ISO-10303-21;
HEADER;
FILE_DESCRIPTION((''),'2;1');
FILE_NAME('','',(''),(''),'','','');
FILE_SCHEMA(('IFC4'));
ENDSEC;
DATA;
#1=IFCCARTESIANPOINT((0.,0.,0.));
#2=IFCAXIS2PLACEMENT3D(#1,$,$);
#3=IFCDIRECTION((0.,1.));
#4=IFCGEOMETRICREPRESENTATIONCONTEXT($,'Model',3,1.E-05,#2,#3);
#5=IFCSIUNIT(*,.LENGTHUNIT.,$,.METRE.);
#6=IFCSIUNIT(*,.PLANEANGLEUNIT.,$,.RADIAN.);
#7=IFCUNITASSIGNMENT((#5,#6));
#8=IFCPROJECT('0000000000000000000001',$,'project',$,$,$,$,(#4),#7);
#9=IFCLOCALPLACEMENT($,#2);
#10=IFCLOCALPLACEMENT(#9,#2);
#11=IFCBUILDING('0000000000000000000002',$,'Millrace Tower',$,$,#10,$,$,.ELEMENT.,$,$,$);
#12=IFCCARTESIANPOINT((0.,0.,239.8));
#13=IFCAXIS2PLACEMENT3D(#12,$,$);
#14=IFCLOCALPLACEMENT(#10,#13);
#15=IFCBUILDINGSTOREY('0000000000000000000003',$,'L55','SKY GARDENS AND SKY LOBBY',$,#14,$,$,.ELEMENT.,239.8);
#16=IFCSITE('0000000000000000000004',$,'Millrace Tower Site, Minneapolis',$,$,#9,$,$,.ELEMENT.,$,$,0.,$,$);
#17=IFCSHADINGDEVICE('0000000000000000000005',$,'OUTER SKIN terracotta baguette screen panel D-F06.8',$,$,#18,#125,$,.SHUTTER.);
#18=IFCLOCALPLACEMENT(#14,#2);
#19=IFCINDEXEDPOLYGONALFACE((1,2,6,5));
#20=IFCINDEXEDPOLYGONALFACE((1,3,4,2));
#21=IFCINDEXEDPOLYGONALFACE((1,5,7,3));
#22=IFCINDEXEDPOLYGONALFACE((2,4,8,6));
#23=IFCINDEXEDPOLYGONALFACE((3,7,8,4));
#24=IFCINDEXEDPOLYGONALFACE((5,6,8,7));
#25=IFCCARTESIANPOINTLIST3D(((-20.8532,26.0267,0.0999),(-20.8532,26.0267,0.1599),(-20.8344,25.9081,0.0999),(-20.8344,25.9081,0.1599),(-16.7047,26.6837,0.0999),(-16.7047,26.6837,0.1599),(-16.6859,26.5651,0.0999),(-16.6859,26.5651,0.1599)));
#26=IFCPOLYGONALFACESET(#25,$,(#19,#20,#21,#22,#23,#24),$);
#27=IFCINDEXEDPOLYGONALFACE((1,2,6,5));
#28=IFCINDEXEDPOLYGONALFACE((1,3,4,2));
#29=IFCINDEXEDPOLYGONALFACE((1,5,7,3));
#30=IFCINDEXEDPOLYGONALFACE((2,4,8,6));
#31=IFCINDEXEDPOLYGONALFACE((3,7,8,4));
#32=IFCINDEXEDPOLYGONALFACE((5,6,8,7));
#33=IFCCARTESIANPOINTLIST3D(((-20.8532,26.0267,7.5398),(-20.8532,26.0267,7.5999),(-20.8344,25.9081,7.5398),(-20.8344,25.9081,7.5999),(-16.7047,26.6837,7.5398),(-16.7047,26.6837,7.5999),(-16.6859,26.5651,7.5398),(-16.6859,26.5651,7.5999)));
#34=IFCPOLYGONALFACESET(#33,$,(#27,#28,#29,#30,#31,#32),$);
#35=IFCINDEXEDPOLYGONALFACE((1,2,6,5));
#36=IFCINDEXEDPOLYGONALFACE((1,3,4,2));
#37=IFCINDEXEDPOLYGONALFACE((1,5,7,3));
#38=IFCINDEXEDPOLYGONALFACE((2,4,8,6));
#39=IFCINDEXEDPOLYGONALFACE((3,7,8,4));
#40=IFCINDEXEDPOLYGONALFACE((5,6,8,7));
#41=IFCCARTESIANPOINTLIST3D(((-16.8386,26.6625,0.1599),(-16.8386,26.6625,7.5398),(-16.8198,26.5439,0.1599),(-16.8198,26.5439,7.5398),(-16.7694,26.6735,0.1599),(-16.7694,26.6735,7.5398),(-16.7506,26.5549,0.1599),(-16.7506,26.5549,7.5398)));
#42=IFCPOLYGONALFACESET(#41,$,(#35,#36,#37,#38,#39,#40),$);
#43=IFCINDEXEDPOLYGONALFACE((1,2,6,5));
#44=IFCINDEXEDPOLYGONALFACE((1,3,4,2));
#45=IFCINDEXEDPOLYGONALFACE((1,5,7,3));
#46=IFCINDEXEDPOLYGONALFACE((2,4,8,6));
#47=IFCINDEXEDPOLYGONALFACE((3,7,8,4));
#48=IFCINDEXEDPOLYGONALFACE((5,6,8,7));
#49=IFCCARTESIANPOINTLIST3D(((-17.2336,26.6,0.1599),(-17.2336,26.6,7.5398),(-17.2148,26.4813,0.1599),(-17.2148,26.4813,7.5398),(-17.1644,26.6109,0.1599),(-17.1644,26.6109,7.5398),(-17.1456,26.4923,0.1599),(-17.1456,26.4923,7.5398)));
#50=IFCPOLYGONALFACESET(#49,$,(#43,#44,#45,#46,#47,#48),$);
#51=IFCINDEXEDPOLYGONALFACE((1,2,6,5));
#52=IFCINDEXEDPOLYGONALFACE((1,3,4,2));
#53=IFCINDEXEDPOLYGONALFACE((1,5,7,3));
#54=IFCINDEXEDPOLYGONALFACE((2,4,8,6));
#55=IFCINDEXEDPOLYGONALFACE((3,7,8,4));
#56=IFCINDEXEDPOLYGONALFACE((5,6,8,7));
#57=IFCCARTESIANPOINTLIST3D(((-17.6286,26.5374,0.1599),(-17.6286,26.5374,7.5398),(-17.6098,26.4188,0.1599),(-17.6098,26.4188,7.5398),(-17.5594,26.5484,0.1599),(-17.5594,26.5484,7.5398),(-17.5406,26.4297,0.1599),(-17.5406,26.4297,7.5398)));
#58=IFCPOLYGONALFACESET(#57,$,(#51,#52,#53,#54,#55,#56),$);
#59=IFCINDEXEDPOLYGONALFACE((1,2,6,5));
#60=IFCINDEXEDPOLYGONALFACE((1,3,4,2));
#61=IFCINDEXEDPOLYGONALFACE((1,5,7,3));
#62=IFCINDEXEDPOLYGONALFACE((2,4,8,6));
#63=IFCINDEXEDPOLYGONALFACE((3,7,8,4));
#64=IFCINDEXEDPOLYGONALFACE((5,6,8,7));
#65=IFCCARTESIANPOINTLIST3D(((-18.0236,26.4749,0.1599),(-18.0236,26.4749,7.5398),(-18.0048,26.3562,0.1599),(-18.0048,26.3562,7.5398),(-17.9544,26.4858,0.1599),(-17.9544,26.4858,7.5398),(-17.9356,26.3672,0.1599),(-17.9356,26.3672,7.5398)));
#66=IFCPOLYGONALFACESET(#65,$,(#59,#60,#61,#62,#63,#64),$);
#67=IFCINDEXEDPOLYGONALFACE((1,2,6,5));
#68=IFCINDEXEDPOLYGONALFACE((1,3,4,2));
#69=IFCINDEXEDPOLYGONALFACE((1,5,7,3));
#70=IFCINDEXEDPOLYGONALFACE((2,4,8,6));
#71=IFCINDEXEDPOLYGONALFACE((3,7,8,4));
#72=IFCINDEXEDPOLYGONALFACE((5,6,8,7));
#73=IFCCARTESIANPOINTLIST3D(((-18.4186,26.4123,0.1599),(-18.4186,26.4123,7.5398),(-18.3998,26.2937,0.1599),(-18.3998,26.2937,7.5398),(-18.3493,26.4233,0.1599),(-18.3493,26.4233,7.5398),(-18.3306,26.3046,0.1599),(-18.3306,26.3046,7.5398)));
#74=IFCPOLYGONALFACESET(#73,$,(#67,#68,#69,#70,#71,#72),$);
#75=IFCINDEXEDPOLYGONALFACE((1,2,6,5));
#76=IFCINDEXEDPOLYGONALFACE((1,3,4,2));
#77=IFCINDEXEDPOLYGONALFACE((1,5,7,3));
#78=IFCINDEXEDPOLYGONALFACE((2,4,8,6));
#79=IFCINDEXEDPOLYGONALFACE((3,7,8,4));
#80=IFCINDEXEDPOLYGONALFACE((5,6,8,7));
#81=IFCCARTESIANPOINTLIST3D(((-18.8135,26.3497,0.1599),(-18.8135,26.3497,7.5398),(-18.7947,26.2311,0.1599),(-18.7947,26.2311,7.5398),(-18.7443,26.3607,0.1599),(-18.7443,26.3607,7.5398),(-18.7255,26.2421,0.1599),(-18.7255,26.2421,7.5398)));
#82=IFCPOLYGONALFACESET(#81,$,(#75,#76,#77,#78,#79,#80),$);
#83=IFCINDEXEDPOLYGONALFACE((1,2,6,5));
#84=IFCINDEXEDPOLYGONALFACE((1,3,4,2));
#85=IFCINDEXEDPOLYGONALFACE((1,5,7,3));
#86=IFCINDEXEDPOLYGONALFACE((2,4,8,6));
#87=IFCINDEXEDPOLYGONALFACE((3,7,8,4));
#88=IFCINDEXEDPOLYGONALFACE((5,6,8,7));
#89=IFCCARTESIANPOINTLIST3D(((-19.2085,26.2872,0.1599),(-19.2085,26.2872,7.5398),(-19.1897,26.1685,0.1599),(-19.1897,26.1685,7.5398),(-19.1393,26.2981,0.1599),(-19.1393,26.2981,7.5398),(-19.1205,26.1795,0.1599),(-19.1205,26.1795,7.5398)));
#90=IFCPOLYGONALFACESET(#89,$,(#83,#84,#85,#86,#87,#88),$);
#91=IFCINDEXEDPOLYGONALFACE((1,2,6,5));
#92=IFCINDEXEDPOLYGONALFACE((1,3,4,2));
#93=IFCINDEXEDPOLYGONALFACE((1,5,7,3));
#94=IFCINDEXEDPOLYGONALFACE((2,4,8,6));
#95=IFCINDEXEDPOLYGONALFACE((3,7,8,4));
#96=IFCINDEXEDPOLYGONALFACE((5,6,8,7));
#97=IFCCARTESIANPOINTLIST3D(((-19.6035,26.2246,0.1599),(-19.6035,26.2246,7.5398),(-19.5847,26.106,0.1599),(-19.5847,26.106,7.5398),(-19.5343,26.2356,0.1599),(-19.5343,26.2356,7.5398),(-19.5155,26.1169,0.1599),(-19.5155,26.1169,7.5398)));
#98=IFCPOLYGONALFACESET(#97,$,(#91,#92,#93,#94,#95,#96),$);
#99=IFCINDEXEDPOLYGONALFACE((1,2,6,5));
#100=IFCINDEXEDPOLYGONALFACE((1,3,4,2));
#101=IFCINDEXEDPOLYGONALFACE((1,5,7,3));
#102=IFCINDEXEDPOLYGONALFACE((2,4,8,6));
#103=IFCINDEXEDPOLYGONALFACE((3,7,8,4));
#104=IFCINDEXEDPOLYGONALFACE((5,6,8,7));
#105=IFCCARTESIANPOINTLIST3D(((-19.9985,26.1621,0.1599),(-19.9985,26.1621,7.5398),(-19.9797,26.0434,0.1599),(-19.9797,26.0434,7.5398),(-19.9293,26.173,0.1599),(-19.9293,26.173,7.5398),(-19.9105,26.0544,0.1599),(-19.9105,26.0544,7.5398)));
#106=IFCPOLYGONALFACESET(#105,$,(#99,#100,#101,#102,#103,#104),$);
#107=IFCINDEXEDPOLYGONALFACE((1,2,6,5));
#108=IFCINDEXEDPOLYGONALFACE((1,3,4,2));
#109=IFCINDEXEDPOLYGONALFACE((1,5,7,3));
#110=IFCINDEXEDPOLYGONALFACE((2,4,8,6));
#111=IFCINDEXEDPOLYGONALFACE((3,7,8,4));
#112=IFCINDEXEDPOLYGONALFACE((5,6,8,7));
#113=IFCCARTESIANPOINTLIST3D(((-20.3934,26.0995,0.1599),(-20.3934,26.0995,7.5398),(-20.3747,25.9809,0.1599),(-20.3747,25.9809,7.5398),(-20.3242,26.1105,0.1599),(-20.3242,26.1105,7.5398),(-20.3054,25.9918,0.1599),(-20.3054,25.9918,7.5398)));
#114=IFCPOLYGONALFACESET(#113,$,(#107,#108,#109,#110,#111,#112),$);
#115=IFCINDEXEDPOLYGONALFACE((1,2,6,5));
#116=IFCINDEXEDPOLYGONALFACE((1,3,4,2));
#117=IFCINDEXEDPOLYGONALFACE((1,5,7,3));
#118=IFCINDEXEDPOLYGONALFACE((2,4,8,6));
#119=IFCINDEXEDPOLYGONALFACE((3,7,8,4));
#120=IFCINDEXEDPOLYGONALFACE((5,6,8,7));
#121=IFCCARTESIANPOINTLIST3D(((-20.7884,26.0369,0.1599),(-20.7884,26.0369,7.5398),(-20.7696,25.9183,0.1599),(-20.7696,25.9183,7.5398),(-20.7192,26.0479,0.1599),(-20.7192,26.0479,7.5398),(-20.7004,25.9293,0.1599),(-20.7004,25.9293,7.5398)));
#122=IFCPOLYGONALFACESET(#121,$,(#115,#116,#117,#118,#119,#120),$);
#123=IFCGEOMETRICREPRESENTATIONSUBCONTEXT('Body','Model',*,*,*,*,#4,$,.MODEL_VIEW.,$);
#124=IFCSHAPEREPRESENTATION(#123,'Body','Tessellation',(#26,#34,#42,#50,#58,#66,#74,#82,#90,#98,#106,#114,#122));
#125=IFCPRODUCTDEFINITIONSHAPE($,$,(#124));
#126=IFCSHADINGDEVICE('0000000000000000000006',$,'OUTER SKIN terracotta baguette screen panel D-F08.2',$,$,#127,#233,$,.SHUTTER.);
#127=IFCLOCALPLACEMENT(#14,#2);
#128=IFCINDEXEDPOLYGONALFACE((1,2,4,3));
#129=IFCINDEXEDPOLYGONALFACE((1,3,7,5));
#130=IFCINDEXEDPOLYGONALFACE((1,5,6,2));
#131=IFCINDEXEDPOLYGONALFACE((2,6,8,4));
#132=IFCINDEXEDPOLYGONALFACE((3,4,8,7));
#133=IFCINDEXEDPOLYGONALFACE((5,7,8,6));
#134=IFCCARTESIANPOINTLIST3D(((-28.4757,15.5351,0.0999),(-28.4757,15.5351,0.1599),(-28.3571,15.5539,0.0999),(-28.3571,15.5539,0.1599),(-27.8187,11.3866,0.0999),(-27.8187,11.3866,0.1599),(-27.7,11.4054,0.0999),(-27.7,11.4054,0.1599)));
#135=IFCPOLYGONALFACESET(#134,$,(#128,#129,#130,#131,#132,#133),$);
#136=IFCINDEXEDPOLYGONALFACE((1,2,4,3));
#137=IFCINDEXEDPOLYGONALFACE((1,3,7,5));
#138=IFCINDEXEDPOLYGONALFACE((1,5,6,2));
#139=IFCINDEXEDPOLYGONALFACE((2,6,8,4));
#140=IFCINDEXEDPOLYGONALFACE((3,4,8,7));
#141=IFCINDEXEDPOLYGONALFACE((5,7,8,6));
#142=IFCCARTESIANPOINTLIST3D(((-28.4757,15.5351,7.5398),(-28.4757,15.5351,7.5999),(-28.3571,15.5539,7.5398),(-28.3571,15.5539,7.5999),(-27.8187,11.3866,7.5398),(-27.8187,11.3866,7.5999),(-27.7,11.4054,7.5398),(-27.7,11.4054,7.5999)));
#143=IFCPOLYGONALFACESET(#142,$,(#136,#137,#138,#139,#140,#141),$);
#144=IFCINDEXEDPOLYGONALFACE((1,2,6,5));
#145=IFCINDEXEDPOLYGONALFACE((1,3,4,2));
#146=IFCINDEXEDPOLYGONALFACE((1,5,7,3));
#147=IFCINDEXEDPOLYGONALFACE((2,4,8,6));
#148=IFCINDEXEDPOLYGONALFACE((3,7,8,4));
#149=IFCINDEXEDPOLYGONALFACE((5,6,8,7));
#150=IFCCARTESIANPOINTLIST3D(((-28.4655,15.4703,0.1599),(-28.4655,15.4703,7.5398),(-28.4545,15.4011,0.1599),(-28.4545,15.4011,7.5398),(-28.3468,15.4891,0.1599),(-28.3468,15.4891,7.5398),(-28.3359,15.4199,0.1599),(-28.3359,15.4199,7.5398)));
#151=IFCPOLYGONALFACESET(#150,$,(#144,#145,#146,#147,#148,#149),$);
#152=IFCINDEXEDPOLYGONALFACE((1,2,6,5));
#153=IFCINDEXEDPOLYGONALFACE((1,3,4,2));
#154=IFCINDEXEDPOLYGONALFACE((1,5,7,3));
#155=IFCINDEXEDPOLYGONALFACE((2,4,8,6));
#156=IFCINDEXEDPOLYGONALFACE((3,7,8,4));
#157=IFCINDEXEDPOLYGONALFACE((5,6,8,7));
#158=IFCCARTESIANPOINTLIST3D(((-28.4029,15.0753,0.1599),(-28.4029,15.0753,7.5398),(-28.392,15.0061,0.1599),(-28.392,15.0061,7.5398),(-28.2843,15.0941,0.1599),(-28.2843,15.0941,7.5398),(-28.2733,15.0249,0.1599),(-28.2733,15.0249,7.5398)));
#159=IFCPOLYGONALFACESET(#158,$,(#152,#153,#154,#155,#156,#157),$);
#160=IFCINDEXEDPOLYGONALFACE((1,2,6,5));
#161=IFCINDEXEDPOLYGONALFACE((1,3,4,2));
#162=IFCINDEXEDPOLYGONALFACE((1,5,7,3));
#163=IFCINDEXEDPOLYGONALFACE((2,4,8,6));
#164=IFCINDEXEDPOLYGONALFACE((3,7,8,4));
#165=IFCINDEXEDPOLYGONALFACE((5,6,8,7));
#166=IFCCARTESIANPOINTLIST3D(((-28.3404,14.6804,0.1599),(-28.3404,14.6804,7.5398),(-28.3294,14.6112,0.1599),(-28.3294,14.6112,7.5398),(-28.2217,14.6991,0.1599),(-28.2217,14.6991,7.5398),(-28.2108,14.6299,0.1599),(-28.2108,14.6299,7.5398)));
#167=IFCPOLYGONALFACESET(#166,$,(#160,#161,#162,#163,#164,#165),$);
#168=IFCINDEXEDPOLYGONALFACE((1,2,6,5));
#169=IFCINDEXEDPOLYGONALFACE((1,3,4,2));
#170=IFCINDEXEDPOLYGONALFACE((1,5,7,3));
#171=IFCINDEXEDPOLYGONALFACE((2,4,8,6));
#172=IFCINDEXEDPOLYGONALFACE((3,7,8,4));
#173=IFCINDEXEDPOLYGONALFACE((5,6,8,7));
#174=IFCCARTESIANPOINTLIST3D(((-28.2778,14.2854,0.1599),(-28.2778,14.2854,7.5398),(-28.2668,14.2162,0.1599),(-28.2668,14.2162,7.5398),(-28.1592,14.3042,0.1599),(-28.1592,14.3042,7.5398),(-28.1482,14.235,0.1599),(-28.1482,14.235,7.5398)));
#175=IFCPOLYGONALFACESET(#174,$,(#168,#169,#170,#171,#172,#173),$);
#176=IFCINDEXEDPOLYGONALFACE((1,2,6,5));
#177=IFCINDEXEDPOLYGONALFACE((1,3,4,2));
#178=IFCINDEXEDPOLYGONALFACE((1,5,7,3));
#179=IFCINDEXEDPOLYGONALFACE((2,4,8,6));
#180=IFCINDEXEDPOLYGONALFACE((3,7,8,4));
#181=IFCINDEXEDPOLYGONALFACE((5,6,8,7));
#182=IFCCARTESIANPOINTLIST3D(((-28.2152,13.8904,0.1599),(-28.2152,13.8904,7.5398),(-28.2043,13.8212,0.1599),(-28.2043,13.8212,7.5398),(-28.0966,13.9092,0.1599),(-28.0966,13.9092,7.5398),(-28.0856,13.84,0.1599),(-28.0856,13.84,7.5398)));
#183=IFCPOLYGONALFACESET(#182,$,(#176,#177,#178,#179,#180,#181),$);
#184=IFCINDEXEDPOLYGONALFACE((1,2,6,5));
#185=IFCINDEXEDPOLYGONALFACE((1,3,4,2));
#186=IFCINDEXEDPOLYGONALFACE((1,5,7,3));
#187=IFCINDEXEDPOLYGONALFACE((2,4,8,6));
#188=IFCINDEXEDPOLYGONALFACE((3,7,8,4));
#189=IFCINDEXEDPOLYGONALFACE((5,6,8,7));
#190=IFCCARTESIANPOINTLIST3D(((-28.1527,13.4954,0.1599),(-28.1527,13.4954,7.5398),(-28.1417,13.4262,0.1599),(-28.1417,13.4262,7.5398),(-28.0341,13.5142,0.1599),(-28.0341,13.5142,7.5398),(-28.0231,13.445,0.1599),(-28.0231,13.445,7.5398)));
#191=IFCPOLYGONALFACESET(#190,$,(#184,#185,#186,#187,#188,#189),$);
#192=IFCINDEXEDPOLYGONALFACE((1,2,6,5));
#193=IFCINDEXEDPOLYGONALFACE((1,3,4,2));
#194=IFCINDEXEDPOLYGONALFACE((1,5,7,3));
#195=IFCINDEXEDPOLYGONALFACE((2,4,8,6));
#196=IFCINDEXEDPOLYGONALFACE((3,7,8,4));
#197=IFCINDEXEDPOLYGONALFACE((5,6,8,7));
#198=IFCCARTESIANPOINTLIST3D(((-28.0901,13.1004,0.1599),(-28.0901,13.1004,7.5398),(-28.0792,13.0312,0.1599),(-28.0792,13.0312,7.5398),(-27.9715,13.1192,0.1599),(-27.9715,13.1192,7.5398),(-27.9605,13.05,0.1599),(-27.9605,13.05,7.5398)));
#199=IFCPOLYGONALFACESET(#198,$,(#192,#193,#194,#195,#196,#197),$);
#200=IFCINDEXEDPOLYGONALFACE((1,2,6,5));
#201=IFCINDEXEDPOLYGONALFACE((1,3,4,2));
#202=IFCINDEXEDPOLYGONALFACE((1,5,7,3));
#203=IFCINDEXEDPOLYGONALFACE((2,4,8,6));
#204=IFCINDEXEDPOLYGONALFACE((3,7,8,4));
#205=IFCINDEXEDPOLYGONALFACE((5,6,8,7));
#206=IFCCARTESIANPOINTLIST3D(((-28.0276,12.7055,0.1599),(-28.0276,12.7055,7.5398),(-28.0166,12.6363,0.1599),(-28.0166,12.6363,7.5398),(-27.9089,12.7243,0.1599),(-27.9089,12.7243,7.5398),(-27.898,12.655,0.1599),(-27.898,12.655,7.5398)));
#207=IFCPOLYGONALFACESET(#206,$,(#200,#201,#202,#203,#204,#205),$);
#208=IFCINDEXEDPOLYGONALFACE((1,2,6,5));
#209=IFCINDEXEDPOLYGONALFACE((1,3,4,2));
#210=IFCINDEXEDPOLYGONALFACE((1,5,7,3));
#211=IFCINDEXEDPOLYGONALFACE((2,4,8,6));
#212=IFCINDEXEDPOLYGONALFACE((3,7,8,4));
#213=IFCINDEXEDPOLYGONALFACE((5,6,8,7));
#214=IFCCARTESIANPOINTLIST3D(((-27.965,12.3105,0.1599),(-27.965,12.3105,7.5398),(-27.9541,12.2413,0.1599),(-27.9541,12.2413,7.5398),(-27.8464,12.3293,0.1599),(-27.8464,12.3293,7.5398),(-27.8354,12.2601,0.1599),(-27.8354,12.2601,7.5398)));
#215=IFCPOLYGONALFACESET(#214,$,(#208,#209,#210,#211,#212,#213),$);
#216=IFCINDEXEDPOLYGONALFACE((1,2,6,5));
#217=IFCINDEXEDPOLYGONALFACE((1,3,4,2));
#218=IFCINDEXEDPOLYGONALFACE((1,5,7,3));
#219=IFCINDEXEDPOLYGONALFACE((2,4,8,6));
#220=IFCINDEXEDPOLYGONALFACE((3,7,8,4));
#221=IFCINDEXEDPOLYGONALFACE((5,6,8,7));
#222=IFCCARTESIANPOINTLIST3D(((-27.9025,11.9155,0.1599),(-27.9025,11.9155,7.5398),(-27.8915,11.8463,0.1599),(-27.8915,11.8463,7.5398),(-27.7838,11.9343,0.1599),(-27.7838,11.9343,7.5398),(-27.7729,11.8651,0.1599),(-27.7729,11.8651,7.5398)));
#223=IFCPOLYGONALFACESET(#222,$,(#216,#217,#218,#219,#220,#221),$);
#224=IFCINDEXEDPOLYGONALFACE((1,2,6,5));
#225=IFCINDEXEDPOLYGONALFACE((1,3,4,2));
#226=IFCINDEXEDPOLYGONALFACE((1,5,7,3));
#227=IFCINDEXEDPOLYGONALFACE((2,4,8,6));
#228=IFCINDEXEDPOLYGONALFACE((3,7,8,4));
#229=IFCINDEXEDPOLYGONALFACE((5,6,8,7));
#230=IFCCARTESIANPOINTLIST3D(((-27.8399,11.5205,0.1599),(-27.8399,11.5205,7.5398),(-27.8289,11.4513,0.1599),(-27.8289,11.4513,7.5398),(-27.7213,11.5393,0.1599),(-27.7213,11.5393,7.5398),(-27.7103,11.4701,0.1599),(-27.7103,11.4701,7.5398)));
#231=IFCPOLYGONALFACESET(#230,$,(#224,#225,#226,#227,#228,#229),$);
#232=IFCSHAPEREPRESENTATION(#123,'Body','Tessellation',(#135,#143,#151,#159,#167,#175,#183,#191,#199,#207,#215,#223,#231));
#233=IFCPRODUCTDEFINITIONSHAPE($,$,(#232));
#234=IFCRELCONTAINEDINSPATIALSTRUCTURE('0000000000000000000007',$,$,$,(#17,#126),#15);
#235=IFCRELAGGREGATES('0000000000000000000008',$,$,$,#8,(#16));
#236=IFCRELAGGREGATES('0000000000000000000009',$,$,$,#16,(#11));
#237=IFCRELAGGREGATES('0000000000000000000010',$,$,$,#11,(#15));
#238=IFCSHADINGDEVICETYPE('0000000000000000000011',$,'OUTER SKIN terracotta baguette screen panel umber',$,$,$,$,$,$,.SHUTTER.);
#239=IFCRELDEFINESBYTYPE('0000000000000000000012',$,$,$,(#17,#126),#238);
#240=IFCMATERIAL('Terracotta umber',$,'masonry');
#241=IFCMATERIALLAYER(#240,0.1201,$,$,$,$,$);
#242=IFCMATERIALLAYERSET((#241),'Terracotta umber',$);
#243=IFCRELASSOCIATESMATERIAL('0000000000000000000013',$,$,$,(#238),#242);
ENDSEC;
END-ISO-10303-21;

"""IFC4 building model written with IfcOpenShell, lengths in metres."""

from ifc_helpers import new_model, entity, si_unit, direction, frame, frame_2d, origin, origin_2d, place, context, subcontext, project, spatial, rectangle, extrude, source, transform, mapped, material, layer, layer_set, type_object, element, save


model = new_model("IFC4")

# Units and contexts
model_context = context("Model", 3, precision=1e-05, world=origin(), true_north=direction((0.0, 1.0)))
body_context = subcontext(model_context, "Body", "Model", "MODEL_VIEW")
ifc_project = project(units=[si_unit("LENGTHUNIT", "METRE"), si_unit("PLANEANGLEUNIT", "RADIAN")], contexts=[model_context])

# Site, building, storey
site_placement = place(None, origin())
site = spatial("IfcSite", under=ifc_project, at=site_placement, Name="Millrace Tower Site, Minneapolis", CompositionType="ELEMENT", RefElevation=0.0)
building_placement = place(site_placement, origin())
building = spatial("IfcBuilding", under=site, at=building_placement, Name="Millrace Tower", CompositionType="ELEMENT")
storey_placement = place(building_placement, frame((0.0, 0.0, 239.8)))
storey = spatial("IfcBuildingStorey", under=building, at=storey_placement, Name="L55", Description="SKY GARDENS AND SKY LOBBY", CompositionType="ELEMENT", Elevation=239.8)

# Shading devices
ifc_material_1 = material(Name="Terracotta umber", Category="masonry")
ifc_layer_1 = layer(ifc_material_1, 0.1201)
ifc_layer_set_1 = layer_set([ifc_layer_1], Name="Terracotta umber")
shading_device_type = type_object("IfcShadingDeviceType", Name="OUTER SKIN terracotta baguette screen panel umber", PredefinedType="SHUTTER", material=ifc_layer_set_1)
cartesian_point_1 = entity("IfcCartesianPoint", [-2.1001, 0.0601])
shared_polyline_1 = entity("IfcPolyline", [cartesian_point_1, entity("IfcCartesianPoint", [2.1001, 0.0601]), entity("IfcCartesianPoint", [2.1001, -0.0601]), entity("IfcCartesianPoint", [-2.1001, -0.0601]), cartesian_point_1])
shared_shape_1 = source(origin(), body_context, "Body", "SweptSolid", [
    entity("IfcExtrudedAreaSolid", entity("IfcArbitraryClosedProfileDef", "AREA", None, shared_polyline_1), entity("IfcAxis2Placement3D", entity("IfcCartesianPoint", [0.0, 0.0, 0.0])), entity("IfcDirection", [0.0, 0.0, 1.0]), 0.0601),
    entity("IfcExtrudedAreaSolid", entity("IfcArbitraryClosedProfileDef", "AREA", None, shared_polyline_1), entity("IfcAxis2Placement3D", entity("IfcCartesianPoint", [0.0, 0.0, 7.4399])), entity("IfcDirection", [0.0, 0.0, 1.0]), 0.0601),
    extrude(rectangle(XDim=0.0701, YDim=0.1201, at=frame_2d((-1.9995, 0.0))), frame((0.0, 0.0, 0.0601)), (0.0, 0.0, 1.0), 7.3799),
    extrude(rectangle(XDim=0.0701, YDim=0.1201, at=frame_2d((-1.5996, 0.0))), frame((0.0, 0.0, 0.0601)), (0.0, 0.0, 1.0), 7.3799),
    extrude(rectangle(XDim=0.0701, YDim=0.1201, at=frame_2d((-1.1997, 0.0))), frame((0.0, 0.0, 0.0601)), (0.0, 0.0, 1.0), 7.3799),
    extrude(rectangle(XDim=0.0701, YDim=0.1201, at=frame_2d((-0.7998, 0.0))), frame((0.0, 0.0, 0.0601)), (0.0, 0.0, 1.0), 7.3799),
    extrude(rectangle(XDim=0.0701, YDim=0.1201, at=frame_2d((-0.3999, 0.0))), frame((0.0, 0.0, 0.0601)), (0.0, 0.0, 1.0), 7.3799),
    extrude(rectangle(XDim=0.0701, YDim=0.1201, at=origin_2d()), frame((0.0, 0.0, 0.0601)), (0.0, 0.0, 1.0), 7.3799),
    extrude(rectangle(XDim=0.0701, YDim=0.1201, at=frame_2d((0.3999, 0.0))), frame((0.0, 0.0, 0.0601)), (0.0, 0.0, 1.0), 7.3799),
    extrude(rectangle(XDim=0.0701, YDim=0.1201, at=frame_2d((0.7998, 0.0))), frame((0.0, 0.0, 0.0601)), (0.0, 0.0, 1.0), 7.3799),
    extrude(rectangle(XDim=0.0701, YDim=0.1201, at=frame_2d((1.1997, 0.0))), frame((0.0, 0.0, 0.0601)), (0.0, 0.0, 1.0), 7.3799),
    extrude(rectangle(XDim=0.0701, YDim=0.1201, at=frame_2d((1.5996, 0.0))), frame((0.0, 0.0, 0.0601)), (0.0, 0.0, 1.0), 7.3799),
    extrude(rectangle(XDim=0.0701, YDim=0.1201, at=frame_2d((1.9995, 0.0))), frame((0.0, 0.0, 0.0601)), (0.0, 0.0, 1.0), 7.3799),
])
for number, where, z_axis, x_axis, name in (
    (1, (-18.7695, 26.2959, 0.0999), (0.0, 0.0, 1.0), (-0.987688, -0.156434, 0.0), "OUTER SKIN terracotta baguette screen panel D-F06.8"),
    (2, (-28.0879, 13.4702, 0.0999), (0.0, 0.0, 1.0), (0.156434, -0.987688, 0.0), "OUTER SKIN terracotta baguette screen panel D-F08.2"),
):
    element("IfcShadingDevice", number, at=place(storey_placement, frame(where, z_axis=z_axis, x_axis=x_axis)), inside=storey, type_object=shading_device_type, Name=name, PredefinedType="SHUTTER", context=body_context, shape_type="MappedRepresentation", body=[
        mapped(shared_shape_1, transform((0.0, 0.0, 0.0), scale=1.0)),
    ])

save(model, "model.ifc")
